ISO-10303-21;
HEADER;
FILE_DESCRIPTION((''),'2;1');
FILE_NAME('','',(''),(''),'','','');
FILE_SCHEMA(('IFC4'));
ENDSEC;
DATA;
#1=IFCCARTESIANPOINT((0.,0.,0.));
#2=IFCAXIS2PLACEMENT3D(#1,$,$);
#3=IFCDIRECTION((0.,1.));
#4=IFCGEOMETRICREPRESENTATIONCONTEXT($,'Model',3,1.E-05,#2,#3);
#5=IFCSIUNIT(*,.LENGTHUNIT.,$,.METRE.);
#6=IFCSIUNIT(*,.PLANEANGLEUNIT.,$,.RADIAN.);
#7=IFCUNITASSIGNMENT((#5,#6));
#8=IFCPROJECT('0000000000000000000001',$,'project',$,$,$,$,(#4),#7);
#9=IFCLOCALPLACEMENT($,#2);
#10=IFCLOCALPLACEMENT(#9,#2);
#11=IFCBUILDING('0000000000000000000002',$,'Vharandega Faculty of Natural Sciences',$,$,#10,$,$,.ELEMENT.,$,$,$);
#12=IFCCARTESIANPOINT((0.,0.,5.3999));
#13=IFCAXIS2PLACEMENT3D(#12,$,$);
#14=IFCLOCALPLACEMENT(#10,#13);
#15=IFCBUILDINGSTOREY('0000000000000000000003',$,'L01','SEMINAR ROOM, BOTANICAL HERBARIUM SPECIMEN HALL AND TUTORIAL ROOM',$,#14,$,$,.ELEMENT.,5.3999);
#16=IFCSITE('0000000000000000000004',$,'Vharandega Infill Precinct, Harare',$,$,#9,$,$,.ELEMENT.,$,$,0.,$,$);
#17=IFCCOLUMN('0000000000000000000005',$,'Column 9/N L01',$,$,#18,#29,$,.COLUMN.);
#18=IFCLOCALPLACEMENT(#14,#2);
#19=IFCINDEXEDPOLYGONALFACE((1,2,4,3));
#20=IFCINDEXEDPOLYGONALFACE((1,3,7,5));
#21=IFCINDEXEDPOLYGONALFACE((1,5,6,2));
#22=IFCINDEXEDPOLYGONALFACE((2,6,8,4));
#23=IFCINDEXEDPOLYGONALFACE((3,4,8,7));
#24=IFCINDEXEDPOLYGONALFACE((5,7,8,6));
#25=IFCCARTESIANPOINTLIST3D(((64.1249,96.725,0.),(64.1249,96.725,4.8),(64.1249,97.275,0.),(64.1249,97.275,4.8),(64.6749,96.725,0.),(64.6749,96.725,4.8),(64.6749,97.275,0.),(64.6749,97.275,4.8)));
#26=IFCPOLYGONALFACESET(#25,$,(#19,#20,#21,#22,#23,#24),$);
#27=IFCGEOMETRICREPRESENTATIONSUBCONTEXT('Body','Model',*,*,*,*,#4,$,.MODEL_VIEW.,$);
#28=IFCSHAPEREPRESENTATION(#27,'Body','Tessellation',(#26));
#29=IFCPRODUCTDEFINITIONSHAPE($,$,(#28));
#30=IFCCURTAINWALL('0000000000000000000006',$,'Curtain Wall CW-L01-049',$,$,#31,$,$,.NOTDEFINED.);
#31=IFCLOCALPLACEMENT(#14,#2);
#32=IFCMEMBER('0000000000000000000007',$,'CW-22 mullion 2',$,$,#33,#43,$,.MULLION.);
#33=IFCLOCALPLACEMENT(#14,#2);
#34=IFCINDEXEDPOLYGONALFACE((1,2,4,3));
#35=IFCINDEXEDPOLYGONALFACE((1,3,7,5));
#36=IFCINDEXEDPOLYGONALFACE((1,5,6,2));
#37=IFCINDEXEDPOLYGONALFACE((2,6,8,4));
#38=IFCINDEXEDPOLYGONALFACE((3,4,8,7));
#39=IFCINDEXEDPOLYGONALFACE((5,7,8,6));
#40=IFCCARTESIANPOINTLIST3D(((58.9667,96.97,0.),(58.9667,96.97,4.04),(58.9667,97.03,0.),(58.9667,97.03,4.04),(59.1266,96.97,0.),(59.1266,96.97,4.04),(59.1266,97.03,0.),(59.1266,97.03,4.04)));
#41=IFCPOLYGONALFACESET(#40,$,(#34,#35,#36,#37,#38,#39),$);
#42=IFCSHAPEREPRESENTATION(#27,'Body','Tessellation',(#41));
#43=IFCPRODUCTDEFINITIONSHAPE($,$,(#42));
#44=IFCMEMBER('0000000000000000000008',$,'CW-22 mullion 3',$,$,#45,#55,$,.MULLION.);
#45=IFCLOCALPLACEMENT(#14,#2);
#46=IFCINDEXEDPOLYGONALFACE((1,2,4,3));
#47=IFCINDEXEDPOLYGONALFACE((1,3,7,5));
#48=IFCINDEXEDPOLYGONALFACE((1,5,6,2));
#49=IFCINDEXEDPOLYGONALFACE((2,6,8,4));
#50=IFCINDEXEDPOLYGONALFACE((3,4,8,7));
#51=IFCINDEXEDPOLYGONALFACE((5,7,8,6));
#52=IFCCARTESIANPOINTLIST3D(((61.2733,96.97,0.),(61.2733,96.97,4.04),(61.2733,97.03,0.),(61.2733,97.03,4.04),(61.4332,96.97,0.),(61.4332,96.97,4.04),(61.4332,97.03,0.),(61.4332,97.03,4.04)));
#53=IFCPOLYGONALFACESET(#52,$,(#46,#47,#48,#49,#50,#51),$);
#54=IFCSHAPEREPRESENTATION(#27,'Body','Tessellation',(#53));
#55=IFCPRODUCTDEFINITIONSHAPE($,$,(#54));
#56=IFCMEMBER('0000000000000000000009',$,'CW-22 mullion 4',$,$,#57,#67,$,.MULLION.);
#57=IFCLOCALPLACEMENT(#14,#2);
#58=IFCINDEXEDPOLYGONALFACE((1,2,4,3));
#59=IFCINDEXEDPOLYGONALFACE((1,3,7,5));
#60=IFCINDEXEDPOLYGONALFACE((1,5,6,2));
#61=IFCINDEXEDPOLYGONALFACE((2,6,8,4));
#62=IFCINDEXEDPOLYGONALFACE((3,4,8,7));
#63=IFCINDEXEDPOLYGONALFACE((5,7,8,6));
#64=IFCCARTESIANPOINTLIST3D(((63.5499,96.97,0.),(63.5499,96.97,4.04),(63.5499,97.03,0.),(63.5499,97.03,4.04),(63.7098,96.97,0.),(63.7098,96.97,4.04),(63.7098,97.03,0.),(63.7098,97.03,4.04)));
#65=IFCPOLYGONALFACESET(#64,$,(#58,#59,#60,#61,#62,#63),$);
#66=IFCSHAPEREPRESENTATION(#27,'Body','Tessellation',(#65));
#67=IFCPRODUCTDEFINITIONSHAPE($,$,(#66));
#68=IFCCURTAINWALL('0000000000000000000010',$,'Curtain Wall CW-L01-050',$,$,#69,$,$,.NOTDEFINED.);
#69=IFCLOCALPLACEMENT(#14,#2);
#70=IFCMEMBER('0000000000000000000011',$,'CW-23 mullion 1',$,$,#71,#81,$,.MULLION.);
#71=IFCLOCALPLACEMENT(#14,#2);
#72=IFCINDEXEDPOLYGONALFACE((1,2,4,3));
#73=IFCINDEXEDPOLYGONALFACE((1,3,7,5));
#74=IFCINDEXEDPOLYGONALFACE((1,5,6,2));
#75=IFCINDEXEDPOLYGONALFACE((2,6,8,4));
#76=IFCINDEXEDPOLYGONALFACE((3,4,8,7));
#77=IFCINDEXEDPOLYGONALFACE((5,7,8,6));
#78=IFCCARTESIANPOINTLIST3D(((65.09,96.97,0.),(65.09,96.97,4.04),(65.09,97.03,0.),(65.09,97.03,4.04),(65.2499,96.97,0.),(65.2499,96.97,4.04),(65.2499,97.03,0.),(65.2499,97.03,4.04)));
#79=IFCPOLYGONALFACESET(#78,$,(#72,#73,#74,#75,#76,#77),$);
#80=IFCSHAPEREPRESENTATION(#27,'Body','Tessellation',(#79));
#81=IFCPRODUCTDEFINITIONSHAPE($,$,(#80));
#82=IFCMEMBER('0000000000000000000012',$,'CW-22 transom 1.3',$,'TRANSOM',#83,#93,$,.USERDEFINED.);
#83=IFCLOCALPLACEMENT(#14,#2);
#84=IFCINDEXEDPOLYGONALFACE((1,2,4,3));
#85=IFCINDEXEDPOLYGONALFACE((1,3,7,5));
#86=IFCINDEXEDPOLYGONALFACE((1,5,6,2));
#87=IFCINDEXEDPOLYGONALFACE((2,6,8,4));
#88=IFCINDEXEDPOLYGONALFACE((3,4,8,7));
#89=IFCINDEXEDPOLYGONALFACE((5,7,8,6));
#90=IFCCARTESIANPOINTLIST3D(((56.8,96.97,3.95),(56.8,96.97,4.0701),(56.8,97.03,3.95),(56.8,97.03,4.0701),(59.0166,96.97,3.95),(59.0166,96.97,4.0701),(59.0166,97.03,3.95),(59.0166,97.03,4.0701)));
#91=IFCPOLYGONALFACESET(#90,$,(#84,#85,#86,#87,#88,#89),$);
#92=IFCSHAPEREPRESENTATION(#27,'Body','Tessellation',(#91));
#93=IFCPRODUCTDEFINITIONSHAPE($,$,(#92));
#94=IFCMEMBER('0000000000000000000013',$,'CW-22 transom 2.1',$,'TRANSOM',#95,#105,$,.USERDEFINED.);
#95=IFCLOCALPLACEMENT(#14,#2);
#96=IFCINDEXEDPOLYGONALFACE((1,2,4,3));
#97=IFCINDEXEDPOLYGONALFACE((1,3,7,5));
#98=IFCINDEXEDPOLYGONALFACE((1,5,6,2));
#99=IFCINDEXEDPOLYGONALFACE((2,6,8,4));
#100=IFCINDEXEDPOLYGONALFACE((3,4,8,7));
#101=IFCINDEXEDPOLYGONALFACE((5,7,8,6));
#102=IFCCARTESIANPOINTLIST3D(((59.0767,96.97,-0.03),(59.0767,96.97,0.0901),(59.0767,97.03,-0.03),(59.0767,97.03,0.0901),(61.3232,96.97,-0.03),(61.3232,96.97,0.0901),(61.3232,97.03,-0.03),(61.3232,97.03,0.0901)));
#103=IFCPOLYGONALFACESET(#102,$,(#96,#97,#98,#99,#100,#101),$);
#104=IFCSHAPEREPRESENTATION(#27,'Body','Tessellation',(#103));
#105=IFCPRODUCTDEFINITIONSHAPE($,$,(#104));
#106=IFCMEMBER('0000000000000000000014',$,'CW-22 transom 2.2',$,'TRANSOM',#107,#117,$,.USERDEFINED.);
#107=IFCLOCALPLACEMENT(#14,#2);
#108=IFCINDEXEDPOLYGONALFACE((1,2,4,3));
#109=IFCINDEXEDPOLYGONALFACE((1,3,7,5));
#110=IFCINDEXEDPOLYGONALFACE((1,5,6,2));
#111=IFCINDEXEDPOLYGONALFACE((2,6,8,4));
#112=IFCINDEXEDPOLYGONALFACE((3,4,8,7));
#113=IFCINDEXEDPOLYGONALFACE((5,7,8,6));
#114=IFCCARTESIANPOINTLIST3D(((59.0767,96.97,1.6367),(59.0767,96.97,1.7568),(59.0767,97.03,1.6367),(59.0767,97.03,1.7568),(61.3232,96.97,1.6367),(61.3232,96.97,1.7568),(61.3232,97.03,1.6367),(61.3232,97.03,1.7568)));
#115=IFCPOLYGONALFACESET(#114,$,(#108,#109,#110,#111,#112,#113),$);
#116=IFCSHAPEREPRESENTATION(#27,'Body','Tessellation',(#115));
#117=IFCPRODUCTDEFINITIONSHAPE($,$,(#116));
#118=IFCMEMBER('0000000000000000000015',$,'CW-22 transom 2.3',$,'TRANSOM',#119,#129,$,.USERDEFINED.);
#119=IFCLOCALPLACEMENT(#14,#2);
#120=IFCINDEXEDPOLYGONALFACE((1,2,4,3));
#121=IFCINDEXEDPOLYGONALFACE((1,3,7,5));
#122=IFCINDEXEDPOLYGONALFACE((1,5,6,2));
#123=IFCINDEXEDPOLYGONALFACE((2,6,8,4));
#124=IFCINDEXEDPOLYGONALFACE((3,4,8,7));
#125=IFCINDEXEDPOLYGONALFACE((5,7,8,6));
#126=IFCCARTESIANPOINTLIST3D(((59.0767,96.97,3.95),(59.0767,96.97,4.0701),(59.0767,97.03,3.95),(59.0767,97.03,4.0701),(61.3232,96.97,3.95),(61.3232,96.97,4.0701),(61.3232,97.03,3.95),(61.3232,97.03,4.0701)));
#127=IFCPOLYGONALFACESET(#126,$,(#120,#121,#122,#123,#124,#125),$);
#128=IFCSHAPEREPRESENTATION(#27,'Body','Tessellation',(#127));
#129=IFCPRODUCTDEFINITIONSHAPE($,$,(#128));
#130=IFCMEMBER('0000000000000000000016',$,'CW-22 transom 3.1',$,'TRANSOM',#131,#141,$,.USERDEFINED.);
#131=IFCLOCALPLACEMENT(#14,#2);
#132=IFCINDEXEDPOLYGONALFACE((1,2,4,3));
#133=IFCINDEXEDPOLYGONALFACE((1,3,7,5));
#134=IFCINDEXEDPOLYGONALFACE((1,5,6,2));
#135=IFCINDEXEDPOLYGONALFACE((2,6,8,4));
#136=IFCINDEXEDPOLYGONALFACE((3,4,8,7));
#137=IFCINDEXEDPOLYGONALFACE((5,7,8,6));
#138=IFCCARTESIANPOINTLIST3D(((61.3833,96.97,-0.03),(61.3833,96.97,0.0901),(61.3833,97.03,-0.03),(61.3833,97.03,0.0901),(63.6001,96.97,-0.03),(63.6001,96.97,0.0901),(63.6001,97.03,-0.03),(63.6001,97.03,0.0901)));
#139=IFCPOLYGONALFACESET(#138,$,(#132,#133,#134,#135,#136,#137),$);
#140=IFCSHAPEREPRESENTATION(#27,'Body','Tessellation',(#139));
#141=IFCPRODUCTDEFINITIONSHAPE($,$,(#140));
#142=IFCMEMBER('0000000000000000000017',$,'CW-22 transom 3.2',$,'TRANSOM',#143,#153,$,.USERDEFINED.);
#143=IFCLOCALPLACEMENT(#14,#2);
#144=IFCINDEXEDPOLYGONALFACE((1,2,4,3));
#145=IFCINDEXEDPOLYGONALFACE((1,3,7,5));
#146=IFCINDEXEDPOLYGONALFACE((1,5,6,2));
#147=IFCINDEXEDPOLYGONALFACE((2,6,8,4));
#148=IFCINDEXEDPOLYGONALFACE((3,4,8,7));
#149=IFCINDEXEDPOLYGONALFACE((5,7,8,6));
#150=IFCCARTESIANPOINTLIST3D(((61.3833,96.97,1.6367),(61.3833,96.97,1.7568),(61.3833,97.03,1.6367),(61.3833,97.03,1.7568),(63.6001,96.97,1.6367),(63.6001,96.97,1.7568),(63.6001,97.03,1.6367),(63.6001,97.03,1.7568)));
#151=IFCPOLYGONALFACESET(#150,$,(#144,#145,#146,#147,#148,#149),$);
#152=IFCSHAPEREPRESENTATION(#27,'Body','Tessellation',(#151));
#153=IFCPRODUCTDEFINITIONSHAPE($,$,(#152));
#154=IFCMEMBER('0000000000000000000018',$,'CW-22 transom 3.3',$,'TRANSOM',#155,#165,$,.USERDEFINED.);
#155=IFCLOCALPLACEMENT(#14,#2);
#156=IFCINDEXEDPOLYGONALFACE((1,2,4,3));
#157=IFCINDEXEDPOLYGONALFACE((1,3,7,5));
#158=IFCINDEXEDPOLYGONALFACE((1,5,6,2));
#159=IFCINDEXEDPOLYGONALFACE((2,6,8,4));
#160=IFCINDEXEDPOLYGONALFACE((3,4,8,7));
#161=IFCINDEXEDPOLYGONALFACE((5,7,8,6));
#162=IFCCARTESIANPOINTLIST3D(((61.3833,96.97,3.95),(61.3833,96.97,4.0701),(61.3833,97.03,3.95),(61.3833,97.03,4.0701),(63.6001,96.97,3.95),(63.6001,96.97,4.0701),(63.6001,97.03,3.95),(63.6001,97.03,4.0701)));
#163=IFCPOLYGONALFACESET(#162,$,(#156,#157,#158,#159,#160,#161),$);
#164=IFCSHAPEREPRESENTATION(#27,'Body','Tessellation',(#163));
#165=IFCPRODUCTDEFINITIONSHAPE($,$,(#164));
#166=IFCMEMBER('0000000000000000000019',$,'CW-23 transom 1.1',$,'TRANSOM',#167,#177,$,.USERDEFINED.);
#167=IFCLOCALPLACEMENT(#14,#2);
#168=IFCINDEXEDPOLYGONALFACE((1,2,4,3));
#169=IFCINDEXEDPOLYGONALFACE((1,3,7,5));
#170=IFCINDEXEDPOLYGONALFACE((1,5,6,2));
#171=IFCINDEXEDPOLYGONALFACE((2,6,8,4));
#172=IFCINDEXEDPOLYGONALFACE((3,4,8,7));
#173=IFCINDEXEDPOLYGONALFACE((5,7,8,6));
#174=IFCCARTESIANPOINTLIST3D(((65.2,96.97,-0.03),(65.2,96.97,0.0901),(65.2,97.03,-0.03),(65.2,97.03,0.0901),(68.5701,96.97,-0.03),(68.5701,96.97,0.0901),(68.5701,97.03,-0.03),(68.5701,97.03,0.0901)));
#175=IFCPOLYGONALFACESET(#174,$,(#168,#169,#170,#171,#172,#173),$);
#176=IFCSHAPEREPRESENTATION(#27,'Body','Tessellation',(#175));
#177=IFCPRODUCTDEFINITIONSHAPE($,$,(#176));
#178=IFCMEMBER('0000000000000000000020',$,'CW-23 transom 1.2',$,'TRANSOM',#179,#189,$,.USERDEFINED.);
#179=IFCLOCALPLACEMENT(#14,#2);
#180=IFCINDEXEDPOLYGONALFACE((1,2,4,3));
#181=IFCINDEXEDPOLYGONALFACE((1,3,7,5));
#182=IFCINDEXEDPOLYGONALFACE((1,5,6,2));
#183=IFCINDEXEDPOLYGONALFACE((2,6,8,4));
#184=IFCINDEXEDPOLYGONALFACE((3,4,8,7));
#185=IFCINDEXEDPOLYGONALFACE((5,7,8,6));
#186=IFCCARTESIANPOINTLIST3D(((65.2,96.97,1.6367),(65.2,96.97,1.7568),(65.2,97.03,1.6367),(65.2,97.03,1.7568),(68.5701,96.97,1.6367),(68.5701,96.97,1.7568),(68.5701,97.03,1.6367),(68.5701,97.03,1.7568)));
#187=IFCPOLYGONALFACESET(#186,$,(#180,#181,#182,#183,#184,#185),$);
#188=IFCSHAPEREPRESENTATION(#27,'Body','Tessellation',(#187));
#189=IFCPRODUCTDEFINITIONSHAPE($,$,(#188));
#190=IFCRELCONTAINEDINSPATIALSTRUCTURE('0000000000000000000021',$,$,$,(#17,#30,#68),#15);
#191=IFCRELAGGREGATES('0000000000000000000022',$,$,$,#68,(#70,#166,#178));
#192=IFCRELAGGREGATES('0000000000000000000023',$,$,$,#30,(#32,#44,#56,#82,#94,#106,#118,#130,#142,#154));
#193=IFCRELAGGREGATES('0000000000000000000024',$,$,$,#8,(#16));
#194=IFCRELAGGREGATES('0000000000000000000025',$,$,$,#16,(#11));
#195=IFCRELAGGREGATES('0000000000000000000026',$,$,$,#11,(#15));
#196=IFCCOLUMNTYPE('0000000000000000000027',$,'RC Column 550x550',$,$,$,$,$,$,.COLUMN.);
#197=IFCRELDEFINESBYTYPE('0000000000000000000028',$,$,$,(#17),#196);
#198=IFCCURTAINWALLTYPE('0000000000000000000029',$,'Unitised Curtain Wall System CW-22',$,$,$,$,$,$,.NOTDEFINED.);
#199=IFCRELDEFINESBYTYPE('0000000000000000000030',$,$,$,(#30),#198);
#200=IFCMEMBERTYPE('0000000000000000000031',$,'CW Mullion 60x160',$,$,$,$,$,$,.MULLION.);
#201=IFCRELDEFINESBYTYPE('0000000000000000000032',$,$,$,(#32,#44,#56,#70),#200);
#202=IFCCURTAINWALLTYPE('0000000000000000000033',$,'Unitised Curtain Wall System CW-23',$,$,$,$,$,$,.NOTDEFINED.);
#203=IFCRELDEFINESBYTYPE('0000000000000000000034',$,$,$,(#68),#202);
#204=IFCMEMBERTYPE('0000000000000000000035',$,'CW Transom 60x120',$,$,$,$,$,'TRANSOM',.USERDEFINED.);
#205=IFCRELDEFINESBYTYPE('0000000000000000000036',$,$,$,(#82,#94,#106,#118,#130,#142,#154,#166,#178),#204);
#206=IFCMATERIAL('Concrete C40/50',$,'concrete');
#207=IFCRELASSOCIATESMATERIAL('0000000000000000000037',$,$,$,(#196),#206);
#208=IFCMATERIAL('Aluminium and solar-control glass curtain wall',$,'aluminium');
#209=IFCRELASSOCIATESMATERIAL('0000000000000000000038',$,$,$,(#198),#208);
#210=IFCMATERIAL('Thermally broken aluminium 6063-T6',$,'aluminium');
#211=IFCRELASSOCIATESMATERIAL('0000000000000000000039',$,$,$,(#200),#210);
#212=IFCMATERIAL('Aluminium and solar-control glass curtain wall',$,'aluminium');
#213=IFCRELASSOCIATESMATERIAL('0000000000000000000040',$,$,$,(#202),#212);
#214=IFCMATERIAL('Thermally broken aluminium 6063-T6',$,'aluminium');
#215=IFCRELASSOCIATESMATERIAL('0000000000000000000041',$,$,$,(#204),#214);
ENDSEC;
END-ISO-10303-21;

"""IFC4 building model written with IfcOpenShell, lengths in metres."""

from ifc_helpers import new_model, si_unit, direction, frame, origin, origin_2d, place, context, subcontext, project, spatial, rectangle, extrude, material, material_profile, profile_set, type_object, element, aggregate, save


model = new_model("IFC4")

# Units and contexts
model_context = context("Model", 3, precision=1e-05, world=origin(), true_north=direction((0.0, 1.0)))
body_context = subcontext(model_context, "Body", "Model", "MODEL_VIEW")
ifc_project = project(units=[si_unit("LENGTHUNIT", "METRE"), si_unit("PLANEANGLEUNIT", "RADIAN")], contexts=[model_context])

# Site, building, storey
site_placement = place(None, origin())
site = spatial("IfcSite", under=ifc_project, at=site_placement, Name="Vharandega Infill Precinct, Harare", CompositionType="ELEMENT", RefElevation=0.0)
building_placement = place(site_placement, origin())
building = spatial("IfcBuilding", under=site, at=building_placement, Name="Vharandega Faculty of Natural Sciences", CompositionType="ELEMENT")
storey_placement = place(building_placement, frame((0.0, 0.0, 5.3999)))
storey = spatial("IfcBuildingStorey", under=building, at=storey_placement, Name="L01", Description="SEMINAR ROOM, BOTANICAL HERBARIUM SPECIMEN HALL AND TUTORIAL ROOM", CompositionType="ELEMENT", Elevation=5.3999)

# Column
ifc_material_1 = material(Name="Concrete C40/50", Category="concrete")
ifc_material_profile_1 = material_profile(ifc_material_1, rectangle(XDim=0.55, YDim=0.55, at=origin_2d()), Name="RC 550x550")
ifc_profile_set_1 = profile_set([ifc_material_profile_1], Name="Concrete C40/50")
column_type = type_object("IfcColumnType", Name="RC Column 550x550", PredefinedType="COLUMN", material=ifc_profile_set_1)
column_placement = place(storey_placement, frame((64.3999, 97.0, 0.0), z_axis=(0.0, 0.0, 1.0), x_axis=(1.0, 0.0, 0.0)))
element("IfcColumn", 1, at=column_placement, inside=storey, type_object=column_type, Name="Column 9/N L01", PredefinedType="COLUMN", context=body_context, shape_type="SweptSolid", body=[
    extrude(rectangle(XDim=0.55, YDim=0.55, at=origin_2d()), origin(), (0.0, 0.0, 1.0), 4.8),
])

# Curtain wall, members
ifc_material_2 = material(Name="Aluminium and solar-control glass curtain wall", Category="aluminium")
curtain_wall_type_1 = type_object("IfcCurtainWallType", Name="Unitised Curtain Wall System CW-22", PredefinedType="NOTDEFINED", material=ifc_material_2)
curtain_wall_1_placement = place(storey_placement, origin())
curtain_wall_1 = element("IfcCurtainWall", 2, at=curtain_wall_1_placement, inside=storey, type_object=curtain_wall_type_1, Name="Curtain Wall CW-L01-049", PredefinedType="NOTDEFINED")
ifc_material_3 = material(Name="Thermally broken aluminium 6063-T6", Category="aluminium")
ifc_material_profile_2 = material_profile(ifc_material_3, rectangle(XDim=0.0601, YDim=0.1599, at=origin_2d()), Name="ALU 60x160")
ifc_profile_set_2 = profile_set([ifc_material_profile_2], Name="Thermally broken aluminium 6063-T6")
member_type_1 = type_object("IfcMemberType", Name="CW Mullion 60x160", PredefinedType="MULLION", material=ifc_profile_set_2)
member_1_placement = place(storey_placement, frame((59.0466, 97.0, 0.0), z_axis=(0.0, 0.0, 1.0), x_axis=(0.0, 1.0, 0.0)))
member_1 = element("IfcMember", 3, at=member_1_placement, type_object=member_type_1, Name="CW-22 mullion 2", PredefinedType="MULLION", context=body_context, shape_type="SweptSolid", body=[
    extrude(rectangle(XDim=0.0601, YDim=0.1599, at=origin_2d()), origin(), (0.0, 0.0, 1.0), 4.04),
])
member_2_placement = place(storey_placement, frame((61.3533, 97.0, 0.0), z_axis=(0.0, 0.0, 1.0), x_axis=(0.0, 1.0, 0.0)))
member_2 = element("IfcMember", 4, at=member_2_placement, type_object=member_type_1, Name="CW-22 mullion 3", PredefinedType="MULLION", context=body_context, shape_type="SweptSolid", body=[
    extrude(rectangle(XDim=0.0601, YDim=0.1599, at=origin_2d()), origin(), (0.0, 0.0, 1.0), 4.04),
])
member_3_placement = place(storey_placement, frame((63.6299, 97.0, 0.0), z_axis=(0.0, 0.0, 1.0), x_axis=(0.0, 1.0, 0.0)))
member_3 = element("IfcMember", 5, at=member_3_placement, type_object=member_type_1, Name="CW-22 mullion 4", PredefinedType="MULLION", context=body_context, shape_type="SweptSolid", body=[
    extrude(rectangle(XDim=0.0601, YDim=0.1599, at=origin_2d()), origin(), (0.0, 0.0, 1.0), 4.04),
])

# Curtain wall, member
ifc_material_4 = material(Name="Aluminium and solar-control glass curtain wall", Category="aluminium")
curtain_wall_type_2 = type_object("IfcCurtainWallType", Name="Unitised Curtain Wall System CW-23", PredefinedType="NOTDEFINED", material=ifc_material_4)
curtain_wall_2_placement = place(storey_placement, origin())
curtain_wall_2 = element("IfcCurtainWall", 6, at=curtain_wall_2_placement, inside=storey, type_object=curtain_wall_type_2, Name="Curtain Wall CW-L01-050", PredefinedType="NOTDEFINED")
member_4_placement = place(storey_placement, frame((65.1699, 97.0, 0.0), z_axis=(0.0, 0.0, 1.0), x_axis=(0.0, 1.0, 0.0)))
member_4 = element("IfcMember", 7, at=member_4_placement, type_object=member_type_1, Name="CW-23 mullion 1", PredefinedType="MULLION", context=body_context, shape_type="SweptSolid", body=[
    extrude(rectangle(XDim=0.0601, YDim=0.1599, at=origin_2d()), origin(), (0.0, 0.0, 1.0), 4.04),
])

# Members
ifc_material_5 = material(Name="Thermally broken aluminium 6063-T6", Category="aluminium")
ifc_material_profile_3 = material_profile(ifc_material_5, rectangle(XDim=0.0601, YDim=0.1201, at=origin_2d()), Name="ALU 60x120")
ifc_profile_set_3 = profile_set([ifc_material_profile_3], Name="Thermally broken aluminium 6063-T6")
member_type_2 = type_object("IfcMemberType", Name="CW Transom 60x120", ElementType="TRANSOM", PredefinedType="USERDEFINED", material=ifc_profile_set_3)
member_5_placement = place(storey_placement, frame((56.8, 97.0, 4.01), z_axis=(1.0, 0.0, 0.0), x_axis=(0.0, 1.0, 0.0)))
member_5 = element("IfcMember", 8, at=member_5_placement, type_object=member_type_2, Name="CW-22 transom 1.3", ObjectType="TRANSOM", PredefinedType="USERDEFINED", context=body_context, shape_type="SweptSolid", body=[
    extrude(rectangle(XDim=0.0601, YDim=0.1201, at=origin_2d()), origin(), (0.0, 0.0, 1.0), 2.2166),
])
member_6_placement = place(storey_placement, frame((59.0767, 97.0, 0.03), z_axis=(1.0, 0.0, 0.0), x_axis=(0.0, 1.0, 0.0)))
member_6 = element("IfcMember", 9, at=member_6_placement, type_object=member_type_2, Name="CW-22 transom 2.1", ObjectType="TRANSOM", PredefinedType="USERDEFINED", context=body_context, shape_type="SweptSolid", body=[
    extrude(rectangle(XDim=0.0601, YDim=0.1201, at=origin_2d()), origin(), (0.0, 0.0, 1.0), 2.2466),
])
member_7_placement = place(storey_placement, frame((59.0767, 97.0, 1.6968), z_axis=(1.0, 0.0, 0.0), x_axis=(0.0, 1.0, 0.0)))
member_7 = element("IfcMember", 10, at=member_7_placement, type_object=member_type_2, Name="CW-22 transom 2.2", ObjectType="TRANSOM", PredefinedType="USERDEFINED", context=body_context, shape_type="SweptSolid", body=[
    extrude(rectangle(XDim=0.0601, YDim=0.1201, at=origin_2d()), origin(), (0.0, 0.0, 1.0), 2.2466),
])
member_8_placement = place(storey_placement, frame((59.0767, 97.0, 4.01), z_axis=(1.0, 0.0, 0.0), x_axis=(0.0, 1.0, 0.0)))
member_8 = element("IfcMember", 11, at=member_8_placement, type_object=member_type_2, Name="CW-22 transom 2.3", ObjectType="TRANSOM", PredefinedType="USERDEFINED", context=body_context, shape_type="SweptSolid", body=[
    extrude(rectangle(XDim=0.0601, YDim=0.1201, at=origin_2d()), origin(), (0.0, 0.0, 1.0), 2.2466),
])
member_9_placement = place(storey_placement, frame((61.3833, 97.0, 0.03), z_axis=(1.0, 0.0, 0.0), x_axis=(0.0, 1.0, 0.0)))
member_9 = element("IfcMember", 12, at=member_9_placement, type_object=member_type_2, Name="CW-22 transom 3.1", ObjectType="TRANSOM", PredefinedType="USERDEFINED", context=body_context, shape_type="SweptSolid", body=[
    extrude(rectangle(XDim=0.0601, YDim=0.1201, at=origin_2d()), origin(), (0.0, 0.0, 1.0), 2.2168),
])
member_10_placement = place(storey_placement, frame((61.3833, 97.0, 1.6968), z_axis=(1.0, 0.0, 0.0), x_axis=(0.0, 1.0, 0.0)))
member_10 = element("IfcMember", 13, at=member_10_placement, type_object=member_type_2, Name="CW-22 transom 3.2", ObjectType="TRANSOM", PredefinedType="USERDEFINED", context=body_context, shape_type="SweptSolid", body=[
    extrude(rectangle(XDim=0.0601, YDim=0.1201, at=origin_2d()), origin(), (0.0, 0.0, 1.0), 2.2168),
])
member_11_placement = place(storey_placement, frame((61.3833, 97.0, 4.01), z_axis=(1.0, 0.0, 0.0), x_axis=(0.0, 1.0, 0.0)))
member_11 = element("IfcMember", 14, at=member_11_placement, type_object=member_type_2, Name="CW-22 transom 3.3", ObjectType="TRANSOM", PredefinedType="USERDEFINED", context=body_context, shape_type="SweptSolid", body=[
    extrude(rectangle(XDim=0.0601, YDim=0.1201, at=origin_2d()), origin(), (0.0, 0.0, 1.0), 2.2168),
])
member_12_placement = place(storey_placement, frame((65.2, 97.0, 0.03), z_axis=(1.0, 0.0, 0.0), x_axis=(0.0, 1.0, 0.0)))
member_12 = element("IfcMember", 15, at=member_12_placement, type_object=member_type_2, Name="CW-23 transom 1.1", ObjectType="TRANSOM", PredefinedType="USERDEFINED", context=body_context, shape_type="SweptSolid", body=[
    extrude(rectangle(XDim=0.0601, YDim=0.1201, at=origin_2d()), origin(), (0.0, 0.0, 1.0), 3.3701),
])
member_13_placement = place(storey_placement, frame((65.2, 97.0, 1.6968), z_axis=(1.0, 0.0, 0.0), x_axis=(0.0, 1.0, 0.0)))
member_13 = element("IfcMember", 16, at=member_13_placement, type_object=member_type_2, Name="CW-23 transom 1.2", ObjectType="TRANSOM", PredefinedType="USERDEFINED", context=body_context, shape_type="SweptSolid", body=[
    extrude(rectangle(XDim=0.0601, YDim=0.1201, at=origin_2d()), origin(), (0.0, 0.0, 1.0), 3.3701),
])
aggregate(curtain_wall_2, [member_4, member_12, member_13])

aggregate(curtain_wall_1, [member_1, member_2, member_3, member_5, member_6, member_7, member_8, member_9, member_10, member_11])

save(model, "model.ifc")
